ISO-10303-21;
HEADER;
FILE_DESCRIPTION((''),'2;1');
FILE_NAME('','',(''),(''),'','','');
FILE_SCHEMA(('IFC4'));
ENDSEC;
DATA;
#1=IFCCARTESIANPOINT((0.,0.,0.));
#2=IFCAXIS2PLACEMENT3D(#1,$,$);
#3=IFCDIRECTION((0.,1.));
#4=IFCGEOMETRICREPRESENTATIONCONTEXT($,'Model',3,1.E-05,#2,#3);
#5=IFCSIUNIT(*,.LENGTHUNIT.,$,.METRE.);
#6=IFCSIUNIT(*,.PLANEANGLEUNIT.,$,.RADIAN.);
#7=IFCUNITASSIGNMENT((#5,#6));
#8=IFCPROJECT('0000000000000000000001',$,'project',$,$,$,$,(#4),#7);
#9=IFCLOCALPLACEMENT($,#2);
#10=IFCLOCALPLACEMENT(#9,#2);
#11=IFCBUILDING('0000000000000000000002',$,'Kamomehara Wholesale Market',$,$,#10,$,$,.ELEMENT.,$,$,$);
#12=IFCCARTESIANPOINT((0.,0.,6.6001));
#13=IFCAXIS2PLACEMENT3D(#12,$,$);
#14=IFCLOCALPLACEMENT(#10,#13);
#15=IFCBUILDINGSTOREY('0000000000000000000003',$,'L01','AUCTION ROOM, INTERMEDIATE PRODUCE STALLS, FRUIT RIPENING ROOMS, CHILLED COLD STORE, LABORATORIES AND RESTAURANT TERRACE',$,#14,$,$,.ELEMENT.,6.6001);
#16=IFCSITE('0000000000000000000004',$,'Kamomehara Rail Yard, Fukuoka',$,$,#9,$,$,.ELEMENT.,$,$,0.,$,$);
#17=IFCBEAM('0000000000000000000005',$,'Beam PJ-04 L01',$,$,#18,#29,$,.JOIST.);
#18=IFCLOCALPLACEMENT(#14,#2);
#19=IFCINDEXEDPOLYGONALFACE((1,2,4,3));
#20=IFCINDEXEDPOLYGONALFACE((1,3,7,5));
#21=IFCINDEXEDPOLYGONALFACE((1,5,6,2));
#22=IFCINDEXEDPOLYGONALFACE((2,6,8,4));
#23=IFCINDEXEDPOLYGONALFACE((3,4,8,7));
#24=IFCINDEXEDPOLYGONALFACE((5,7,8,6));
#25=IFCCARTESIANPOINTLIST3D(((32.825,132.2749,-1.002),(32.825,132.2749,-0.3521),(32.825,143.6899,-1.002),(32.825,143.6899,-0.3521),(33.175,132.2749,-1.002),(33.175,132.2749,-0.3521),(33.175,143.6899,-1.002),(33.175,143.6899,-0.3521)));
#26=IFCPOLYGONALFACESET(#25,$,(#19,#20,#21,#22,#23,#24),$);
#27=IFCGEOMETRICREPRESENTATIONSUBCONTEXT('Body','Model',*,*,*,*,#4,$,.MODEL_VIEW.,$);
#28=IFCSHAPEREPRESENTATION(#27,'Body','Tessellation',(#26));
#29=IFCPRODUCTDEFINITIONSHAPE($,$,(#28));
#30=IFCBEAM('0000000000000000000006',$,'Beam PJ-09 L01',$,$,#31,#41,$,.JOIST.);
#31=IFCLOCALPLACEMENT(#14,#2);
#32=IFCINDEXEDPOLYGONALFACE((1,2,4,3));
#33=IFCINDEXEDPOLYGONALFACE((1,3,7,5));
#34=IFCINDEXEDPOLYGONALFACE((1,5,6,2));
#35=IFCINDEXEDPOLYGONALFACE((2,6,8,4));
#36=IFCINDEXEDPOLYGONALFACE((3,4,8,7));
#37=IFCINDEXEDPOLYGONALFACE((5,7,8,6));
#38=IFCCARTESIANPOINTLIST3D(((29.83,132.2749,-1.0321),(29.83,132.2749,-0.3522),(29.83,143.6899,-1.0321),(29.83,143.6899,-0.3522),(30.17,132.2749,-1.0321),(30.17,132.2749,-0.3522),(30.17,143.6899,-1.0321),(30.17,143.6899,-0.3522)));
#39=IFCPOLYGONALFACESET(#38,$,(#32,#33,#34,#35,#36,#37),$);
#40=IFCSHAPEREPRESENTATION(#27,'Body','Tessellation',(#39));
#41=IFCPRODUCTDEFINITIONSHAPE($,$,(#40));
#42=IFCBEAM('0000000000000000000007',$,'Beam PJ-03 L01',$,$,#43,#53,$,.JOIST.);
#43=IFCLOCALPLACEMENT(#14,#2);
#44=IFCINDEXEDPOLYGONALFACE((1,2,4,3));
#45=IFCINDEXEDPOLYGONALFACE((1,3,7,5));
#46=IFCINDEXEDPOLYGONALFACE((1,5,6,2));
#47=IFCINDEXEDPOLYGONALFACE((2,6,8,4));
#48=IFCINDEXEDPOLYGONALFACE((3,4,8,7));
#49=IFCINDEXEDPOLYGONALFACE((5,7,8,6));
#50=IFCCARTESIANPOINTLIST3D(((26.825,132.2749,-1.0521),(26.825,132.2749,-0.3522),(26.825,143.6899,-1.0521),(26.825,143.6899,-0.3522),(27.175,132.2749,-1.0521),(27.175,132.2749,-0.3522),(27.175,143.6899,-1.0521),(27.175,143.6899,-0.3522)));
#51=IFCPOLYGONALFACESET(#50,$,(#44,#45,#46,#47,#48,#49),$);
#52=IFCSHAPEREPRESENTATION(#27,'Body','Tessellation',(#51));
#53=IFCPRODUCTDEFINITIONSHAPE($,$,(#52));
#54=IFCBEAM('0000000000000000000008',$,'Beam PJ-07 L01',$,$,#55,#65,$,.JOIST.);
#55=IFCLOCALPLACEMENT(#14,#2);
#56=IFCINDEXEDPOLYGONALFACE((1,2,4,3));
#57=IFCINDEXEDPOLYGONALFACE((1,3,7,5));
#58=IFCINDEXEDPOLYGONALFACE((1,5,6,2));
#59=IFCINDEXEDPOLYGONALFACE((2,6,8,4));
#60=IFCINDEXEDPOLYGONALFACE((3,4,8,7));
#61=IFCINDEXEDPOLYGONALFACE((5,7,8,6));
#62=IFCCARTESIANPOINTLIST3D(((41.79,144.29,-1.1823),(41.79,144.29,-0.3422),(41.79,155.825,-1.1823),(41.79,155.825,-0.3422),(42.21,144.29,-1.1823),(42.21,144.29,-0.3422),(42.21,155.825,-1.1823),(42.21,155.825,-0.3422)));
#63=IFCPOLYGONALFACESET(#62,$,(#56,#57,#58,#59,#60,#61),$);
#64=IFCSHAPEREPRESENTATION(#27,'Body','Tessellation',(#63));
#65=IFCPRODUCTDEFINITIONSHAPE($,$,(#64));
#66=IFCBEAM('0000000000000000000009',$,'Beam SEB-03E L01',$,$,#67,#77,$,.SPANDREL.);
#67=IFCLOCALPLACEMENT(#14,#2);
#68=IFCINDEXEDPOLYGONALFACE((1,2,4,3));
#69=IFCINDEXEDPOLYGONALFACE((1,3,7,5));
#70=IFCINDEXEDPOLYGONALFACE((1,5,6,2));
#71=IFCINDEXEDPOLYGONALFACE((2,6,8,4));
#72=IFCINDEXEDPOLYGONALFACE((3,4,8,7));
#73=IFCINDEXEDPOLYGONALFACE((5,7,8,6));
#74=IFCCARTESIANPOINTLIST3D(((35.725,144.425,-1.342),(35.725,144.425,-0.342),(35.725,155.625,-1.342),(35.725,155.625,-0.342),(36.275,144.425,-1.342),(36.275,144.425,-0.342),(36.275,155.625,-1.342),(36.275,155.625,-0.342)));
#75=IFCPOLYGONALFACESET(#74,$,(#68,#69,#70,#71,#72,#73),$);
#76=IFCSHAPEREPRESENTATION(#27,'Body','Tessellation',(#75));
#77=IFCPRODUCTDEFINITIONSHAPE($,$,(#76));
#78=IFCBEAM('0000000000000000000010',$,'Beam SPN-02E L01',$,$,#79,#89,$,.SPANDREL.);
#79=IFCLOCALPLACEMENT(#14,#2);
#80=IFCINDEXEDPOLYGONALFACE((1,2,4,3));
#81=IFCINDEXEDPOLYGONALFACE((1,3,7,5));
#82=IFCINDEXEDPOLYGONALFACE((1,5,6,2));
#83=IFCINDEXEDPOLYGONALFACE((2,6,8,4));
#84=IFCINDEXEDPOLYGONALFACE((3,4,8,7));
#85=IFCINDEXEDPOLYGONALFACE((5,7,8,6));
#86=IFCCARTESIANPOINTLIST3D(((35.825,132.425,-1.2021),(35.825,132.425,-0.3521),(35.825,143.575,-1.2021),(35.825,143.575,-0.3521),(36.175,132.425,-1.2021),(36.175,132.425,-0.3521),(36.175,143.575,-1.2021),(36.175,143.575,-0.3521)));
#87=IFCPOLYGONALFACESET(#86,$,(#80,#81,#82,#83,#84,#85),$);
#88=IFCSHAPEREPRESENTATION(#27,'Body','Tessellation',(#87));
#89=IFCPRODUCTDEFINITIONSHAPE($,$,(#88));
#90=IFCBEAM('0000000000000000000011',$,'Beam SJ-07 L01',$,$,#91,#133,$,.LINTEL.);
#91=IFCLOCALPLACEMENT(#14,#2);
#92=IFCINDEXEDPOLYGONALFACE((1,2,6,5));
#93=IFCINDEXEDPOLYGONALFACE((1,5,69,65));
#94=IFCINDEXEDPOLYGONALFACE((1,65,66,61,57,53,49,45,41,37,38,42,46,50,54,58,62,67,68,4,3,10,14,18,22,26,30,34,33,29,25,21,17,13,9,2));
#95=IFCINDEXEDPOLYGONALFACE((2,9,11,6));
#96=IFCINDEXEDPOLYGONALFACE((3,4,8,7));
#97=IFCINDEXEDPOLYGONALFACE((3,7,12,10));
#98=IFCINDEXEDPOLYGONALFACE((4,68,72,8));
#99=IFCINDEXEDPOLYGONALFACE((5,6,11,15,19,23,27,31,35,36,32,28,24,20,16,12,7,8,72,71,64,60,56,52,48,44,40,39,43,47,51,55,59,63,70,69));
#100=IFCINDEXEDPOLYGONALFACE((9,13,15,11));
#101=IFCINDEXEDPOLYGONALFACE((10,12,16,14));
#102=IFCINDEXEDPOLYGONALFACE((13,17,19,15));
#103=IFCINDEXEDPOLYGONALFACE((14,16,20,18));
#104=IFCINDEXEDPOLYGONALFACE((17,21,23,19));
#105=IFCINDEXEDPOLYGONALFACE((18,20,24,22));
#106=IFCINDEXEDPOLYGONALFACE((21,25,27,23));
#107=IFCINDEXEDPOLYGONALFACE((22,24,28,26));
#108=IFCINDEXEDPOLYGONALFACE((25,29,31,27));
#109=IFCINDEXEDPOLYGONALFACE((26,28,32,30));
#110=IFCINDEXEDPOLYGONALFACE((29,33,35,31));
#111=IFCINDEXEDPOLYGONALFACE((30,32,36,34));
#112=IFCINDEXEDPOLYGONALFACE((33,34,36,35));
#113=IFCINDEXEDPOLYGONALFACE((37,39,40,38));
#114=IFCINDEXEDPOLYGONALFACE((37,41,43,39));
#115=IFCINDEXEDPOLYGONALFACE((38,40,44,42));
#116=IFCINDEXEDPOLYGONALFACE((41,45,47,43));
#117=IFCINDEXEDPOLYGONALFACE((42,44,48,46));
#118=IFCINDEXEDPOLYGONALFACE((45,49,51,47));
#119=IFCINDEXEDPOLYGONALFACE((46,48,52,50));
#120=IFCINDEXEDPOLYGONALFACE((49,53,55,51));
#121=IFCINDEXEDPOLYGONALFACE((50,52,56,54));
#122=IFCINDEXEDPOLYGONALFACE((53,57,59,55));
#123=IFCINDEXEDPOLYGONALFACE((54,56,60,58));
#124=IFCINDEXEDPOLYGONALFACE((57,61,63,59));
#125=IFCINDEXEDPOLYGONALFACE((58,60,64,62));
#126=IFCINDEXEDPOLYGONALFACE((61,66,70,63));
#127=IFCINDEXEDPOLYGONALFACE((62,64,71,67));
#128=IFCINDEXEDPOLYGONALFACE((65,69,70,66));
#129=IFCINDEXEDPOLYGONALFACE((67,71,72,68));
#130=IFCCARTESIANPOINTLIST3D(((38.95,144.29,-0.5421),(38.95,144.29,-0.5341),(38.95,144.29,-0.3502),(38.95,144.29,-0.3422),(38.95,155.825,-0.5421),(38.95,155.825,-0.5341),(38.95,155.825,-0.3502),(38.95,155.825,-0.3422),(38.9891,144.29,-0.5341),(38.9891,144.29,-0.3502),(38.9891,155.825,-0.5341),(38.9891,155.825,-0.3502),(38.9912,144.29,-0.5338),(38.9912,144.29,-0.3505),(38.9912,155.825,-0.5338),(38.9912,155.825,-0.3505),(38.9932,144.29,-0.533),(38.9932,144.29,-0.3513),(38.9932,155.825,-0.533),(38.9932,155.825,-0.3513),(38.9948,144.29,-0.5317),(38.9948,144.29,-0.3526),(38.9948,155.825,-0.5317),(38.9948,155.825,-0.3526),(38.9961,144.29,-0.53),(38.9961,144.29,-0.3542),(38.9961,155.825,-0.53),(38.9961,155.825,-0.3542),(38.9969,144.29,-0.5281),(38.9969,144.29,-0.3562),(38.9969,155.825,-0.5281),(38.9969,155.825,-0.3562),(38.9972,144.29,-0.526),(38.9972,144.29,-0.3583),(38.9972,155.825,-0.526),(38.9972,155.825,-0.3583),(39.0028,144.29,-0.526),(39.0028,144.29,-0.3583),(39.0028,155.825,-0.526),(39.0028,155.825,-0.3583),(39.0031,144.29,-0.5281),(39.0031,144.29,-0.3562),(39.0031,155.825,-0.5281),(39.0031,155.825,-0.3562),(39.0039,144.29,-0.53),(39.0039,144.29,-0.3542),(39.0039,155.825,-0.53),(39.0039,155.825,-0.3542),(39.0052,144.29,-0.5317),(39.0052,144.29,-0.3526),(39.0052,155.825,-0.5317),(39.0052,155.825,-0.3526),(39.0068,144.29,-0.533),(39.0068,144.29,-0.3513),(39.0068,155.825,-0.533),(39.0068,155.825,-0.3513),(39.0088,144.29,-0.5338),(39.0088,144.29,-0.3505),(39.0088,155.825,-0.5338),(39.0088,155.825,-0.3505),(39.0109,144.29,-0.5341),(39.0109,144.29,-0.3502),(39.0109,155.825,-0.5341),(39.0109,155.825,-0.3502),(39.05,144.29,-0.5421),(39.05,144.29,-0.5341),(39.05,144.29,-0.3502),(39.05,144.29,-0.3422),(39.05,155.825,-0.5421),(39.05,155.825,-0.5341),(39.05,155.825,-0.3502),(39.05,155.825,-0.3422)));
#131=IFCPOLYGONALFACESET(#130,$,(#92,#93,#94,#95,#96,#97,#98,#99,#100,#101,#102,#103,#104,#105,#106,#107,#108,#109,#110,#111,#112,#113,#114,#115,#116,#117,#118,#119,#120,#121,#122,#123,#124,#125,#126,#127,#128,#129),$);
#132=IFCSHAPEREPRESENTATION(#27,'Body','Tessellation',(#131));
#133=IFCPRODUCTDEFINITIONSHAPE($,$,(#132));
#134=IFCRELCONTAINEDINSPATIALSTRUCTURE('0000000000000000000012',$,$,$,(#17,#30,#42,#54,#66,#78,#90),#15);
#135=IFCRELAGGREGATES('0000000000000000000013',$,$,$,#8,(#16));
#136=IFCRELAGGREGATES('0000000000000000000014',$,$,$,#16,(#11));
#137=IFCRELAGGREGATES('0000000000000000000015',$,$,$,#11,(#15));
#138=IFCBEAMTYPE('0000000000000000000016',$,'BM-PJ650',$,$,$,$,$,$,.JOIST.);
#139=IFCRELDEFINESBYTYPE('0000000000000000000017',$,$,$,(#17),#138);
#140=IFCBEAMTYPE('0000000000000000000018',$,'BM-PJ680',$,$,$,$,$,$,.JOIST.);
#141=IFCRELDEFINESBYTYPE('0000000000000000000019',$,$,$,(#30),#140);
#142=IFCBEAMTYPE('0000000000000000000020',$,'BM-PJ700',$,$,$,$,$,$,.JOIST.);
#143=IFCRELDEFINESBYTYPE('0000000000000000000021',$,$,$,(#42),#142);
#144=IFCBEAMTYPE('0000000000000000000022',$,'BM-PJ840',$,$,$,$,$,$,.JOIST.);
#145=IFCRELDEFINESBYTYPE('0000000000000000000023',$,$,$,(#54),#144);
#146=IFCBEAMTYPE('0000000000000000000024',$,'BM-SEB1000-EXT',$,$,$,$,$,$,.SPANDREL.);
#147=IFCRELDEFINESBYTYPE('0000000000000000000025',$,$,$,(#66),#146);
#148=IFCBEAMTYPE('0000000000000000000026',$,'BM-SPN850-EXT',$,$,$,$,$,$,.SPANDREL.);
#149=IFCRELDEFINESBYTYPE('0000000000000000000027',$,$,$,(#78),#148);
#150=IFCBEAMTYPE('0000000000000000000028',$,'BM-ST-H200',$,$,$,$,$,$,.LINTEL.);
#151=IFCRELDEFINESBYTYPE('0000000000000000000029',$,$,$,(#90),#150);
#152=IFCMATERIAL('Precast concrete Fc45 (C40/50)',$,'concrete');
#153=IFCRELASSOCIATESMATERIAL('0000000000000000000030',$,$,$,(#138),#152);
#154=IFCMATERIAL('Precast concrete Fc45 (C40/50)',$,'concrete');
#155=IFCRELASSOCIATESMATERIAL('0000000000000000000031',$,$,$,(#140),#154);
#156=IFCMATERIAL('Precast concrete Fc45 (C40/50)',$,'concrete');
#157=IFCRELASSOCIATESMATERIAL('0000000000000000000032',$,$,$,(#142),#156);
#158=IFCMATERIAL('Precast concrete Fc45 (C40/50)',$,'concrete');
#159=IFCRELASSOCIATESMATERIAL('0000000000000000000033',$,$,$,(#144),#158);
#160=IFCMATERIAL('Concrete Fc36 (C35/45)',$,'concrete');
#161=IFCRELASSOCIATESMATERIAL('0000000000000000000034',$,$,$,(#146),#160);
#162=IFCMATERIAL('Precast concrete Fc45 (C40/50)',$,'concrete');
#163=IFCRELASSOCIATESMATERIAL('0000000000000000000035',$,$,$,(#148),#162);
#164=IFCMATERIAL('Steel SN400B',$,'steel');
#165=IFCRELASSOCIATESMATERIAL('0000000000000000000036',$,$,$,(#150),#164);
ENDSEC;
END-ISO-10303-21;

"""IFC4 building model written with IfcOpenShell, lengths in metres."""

from ifc_helpers import new_model, si_unit, direction, frame, origin, origin_2d, place, context, subcontext, project, spatial, rectangle, i_section, extrude, material, material_profile, profile_set, type_object, element, save


model = new_model("IFC4")

# Units and contexts
model_context = context("Model", 3, precision=1e-05, world=origin(), true_north=direction((0.0, 1.0)))
body_context = subcontext(model_context, "Body", "Model", "MODEL_VIEW")
ifc_project = project(units=[si_unit("LENGTHUNIT", "METRE"), si_unit("PLANEANGLEUNIT", "RADIAN")], contexts=[model_context])

# Site, building, storey
site_placement = place(None, origin())
site = spatial("IfcSite", under=ifc_project, at=site_placement, Name="Kamomehara Rail Yard, Fukuoka", CompositionType="ELEMENT", RefElevation=0.0)
building_placement = place(site_placement, origin())
building = spatial("IfcBuilding", under=site, at=building_placement, Name="Kamomehara Wholesale Market", CompositionType="ELEMENT")
storey_placement = place(building_placement, frame((0.0, 0.0, 6.6001)))
storey = spatial("IfcBuildingStorey", under=building, at=storey_placement, Name="L01", Description="AUCTION ROOM, INTERMEDIATE PRODUCE STALLS, FRUIT RIPENING ROOMS, CHILLED COLD STORE, LABORATORIES AND RESTAURANT TERRACE", CompositionType="ELEMENT", Elevation=6.6001)

# Beams
ifc_material_1 = material(Name="Precast concrete Fc45 (C40/50)", Category="concrete")
ifc_material_profile_1 = material_profile(ifc_material_1, rectangle(XDim=0.3501, YDim=0.6499, at=origin_2d()), Name="PC-JST-350x650")
ifc_profile_set_1 = profile_set([ifc_material_profile_1], Name="Precast concrete Fc45 (C40/50)")
beam_type_1 = type_object("IfcBeamType", Name="BM-PJ650", PredefinedType="JOIST", material=ifc_profile_set_1)
beam_1_placement = place(storey_placement, frame((33.0, 132.2749, -0.677), z_axis=(0.0, 1.0, 0.0), x_axis=(-1.0, 0.0, 0.0)))
element("IfcBeam", 1, at=beam_1_placement, inside=storey, type_object=beam_type_1, Name="Beam PJ-04 L01", PredefinedType="JOIST", context=body_context, shape_type="SweptSolid", body=[
    extrude(rectangle(XDim=0.3501, YDim=0.6499, at=origin_2d()), origin(), (0.0, 0.0, 1.0), 11.415),
])
ifc_material_2 = material(Name="Precast concrete Fc45 (C40/50)", Category="concrete")
ifc_material_profile_2 = material_profile(ifc_material_2, rectangle(XDim=0.3401, YDim=0.6799, at=origin_2d()), Name="PC-JST-340x680")
ifc_profile_set_2 = profile_set([ifc_material_profile_2], Name="Precast concrete Fc45 (C40/50)")
beam_type_2 = type_object("IfcBeamType", Name="BM-PJ680", PredefinedType="JOIST", material=ifc_profile_set_2)
beam_2_placement = place(storey_placement, frame((30.0, 132.2749, -0.6921), z_axis=(0.0, 1.0, 0.0), x_axis=(-1.0, 0.0, 0.0)))
element("IfcBeam", 2, at=beam_2_placement, inside=storey, type_object=beam_type_2, Name="Beam PJ-09 L01", PredefinedType="JOIST", context=body_context, shape_type="SweptSolid", body=[
    extrude(rectangle(XDim=0.3401, YDim=0.6799, at=origin_2d()), origin(), (0.0, 0.0, 1.0), 11.415),
])
ifc_material_3 = material(Name="Precast concrete Fc45 (C40/50)", Category="concrete")
ifc_material_profile_3 = material_profile(ifc_material_3, rectangle(XDim=0.3501, YDim=0.7, at=origin_2d()), Name="PC-JST-350x700")
ifc_profile_set_3 = profile_set([ifc_material_profile_3], Name="Precast concrete Fc45 (C40/50)")
beam_type_3 = type_object("IfcBeamType", Name="BM-PJ700", PredefinedType="JOIST", material=ifc_profile_set_3)
beam_3_placement = place(storey_placement, frame((27.0, 132.2749, -0.7021), z_axis=(0.0, 1.0, 0.0), x_axis=(-1.0, 0.0, 0.0)))
element("IfcBeam", 3, at=beam_3_placement, inside=storey, type_object=beam_type_3, Name="Beam PJ-03 L01", PredefinedType="JOIST", context=body_context, shape_type="SweptSolid", body=[
    extrude(rectangle(XDim=0.3501, YDim=0.7, at=origin_2d()), origin(), (0.0, 0.0, 1.0), 11.415),
])
ifc_material_4 = material(Name="Precast concrete Fc45 (C40/50)", Category="concrete")
ifc_material_profile_4 = material_profile(ifc_material_4, rectangle(XDim=0.4199, YDim=0.8401, at=origin_2d()), Name="PC-JST-420x840")
ifc_profile_set_4 = profile_set([ifc_material_profile_4], Name="Precast concrete Fc45 (C40/50)")
beam_type_4 = type_object("IfcBeamType", Name="BM-PJ840", PredefinedType="JOIST", material=ifc_profile_set_4)
beam_4_placement = place(storey_placement, frame((42.0, 144.29, -0.7622), z_axis=(0.0, 1.0, 0.0), x_axis=(-1.0, 0.0, 0.0)))
element("IfcBeam", 4, at=beam_4_placement, inside=storey, type_object=beam_type_4, Name="Beam PJ-07 L01", PredefinedType="JOIST", context=body_context, shape_type="SweptSolid", body=[
    extrude(rectangle(XDim=0.4199, YDim=0.8401, at=origin_2d()), origin(), (0.0, 0.0, 1.0), 11.5349),
])
ifc_material_5 = material(Name="Concrete Fc36 (C35/45)", Category="concrete")
ifc_material_profile_5 = material_profile(ifc_material_5, rectangle(XDim=0.55, YDim=1.0, at=origin_2d()), Name="RC-SEB-550x1000")
ifc_profile_set_5 = profile_set([ifc_material_profile_5], Name="Concrete Fc36 (C35/45)")
beam_type_5 = type_object("IfcBeamType", Name="BM-SEB1000-EXT", PredefinedType="SPANDREL", material=ifc_profile_set_5)
beam_5_placement = place(storey_placement, frame((36.0, 144.425, -0.842), z_axis=(0.0, 1.0, 0.0), x_axis=(-1.0, 0.0, 0.0)))
element("IfcBeam", 5, at=beam_5_placement, inside=storey, type_object=beam_type_5, Name="Beam SEB-03E L01", PredefinedType="SPANDREL", context=body_context, shape_type="SweptSolid", body=[
    extrude(rectangle(XDim=0.55, YDim=1.0, at=origin_2d()), origin(), (0.0, 0.0, 1.0), 11.2),
])
ifc_material_6 = material(Name="Precast concrete Fc45 (C40/50)", Category="concrete")
ifc_material_profile_6 = material_profile(ifc_material_6, rectangle(XDim=0.3501, YDim=0.8501, at=origin_2d()), Name="PC-SPN-350x850")
ifc_profile_set_6 = profile_set([ifc_material_profile_6], Name="Precast concrete Fc45 (C40/50)")
beam_type_6 = type_object("IfcBeamType", Name="BM-SPN850-EXT", PredefinedType="SPANDREL", material=ifc_profile_set_6)
beam_6_placement = place(storey_placement, frame((36.0, 132.425, -0.7771), z_axis=(0.0, 1.0, 0.0), x_axis=(-1.0, 0.0, 0.0)))
element("IfcBeam", 6, at=beam_6_placement, inside=storey, type_object=beam_type_6, Name="Beam SPN-02E L01", PredefinedType="SPANDREL", context=body_context, shape_type="SweptSolid", body=[
    extrude(rectangle(XDim=0.3501, YDim=0.8501, at=origin_2d()), origin(), (0.0, 0.0, 1.0), 11.1499),
])
ifc_material_7 = material(Name="Steel SN400B", Category="steel")
ifc_material_profile_7 = material_profile(ifc_material_7, i_section(OverallWidth=0.1001, OverallDepth=0.2, WebThickness=0.0056, FlangeThickness=0.0081, FilletRadius=0.0081, at=origin_2d()), Name="H-200x100x5.5x8")
ifc_profile_set_7 = profile_set([ifc_material_profile_7], Name="Steel SN400B")
beam_type_7 = type_object("IfcBeamType", Name="BM-ST-H200", PredefinedType="LINTEL", material=ifc_profile_set_7)
beam_7_placement = place(storey_placement, frame((39.0, 144.29, -0.4421), z_axis=(0.0, 1.0, 0.0), x_axis=(-1.0, 0.0, 0.0)))
element("IfcBeam", 7, at=beam_7_placement, inside=storey, type_object=beam_type_7, Name="Beam SJ-07 L01", PredefinedType="LINTEL", context=body_context, shape_type="SweptSolid", body=[
    extrude(i_section(OverallWidth=0.1001, OverallDepth=0.2, WebThickness=0.0056, FlangeThickness=0.0081, FilletRadius=0.0081, at=origin_2d()), origin(), (0.0, 0.0, 1.0), 11.5349),
])

save(model, "model.ifc")
